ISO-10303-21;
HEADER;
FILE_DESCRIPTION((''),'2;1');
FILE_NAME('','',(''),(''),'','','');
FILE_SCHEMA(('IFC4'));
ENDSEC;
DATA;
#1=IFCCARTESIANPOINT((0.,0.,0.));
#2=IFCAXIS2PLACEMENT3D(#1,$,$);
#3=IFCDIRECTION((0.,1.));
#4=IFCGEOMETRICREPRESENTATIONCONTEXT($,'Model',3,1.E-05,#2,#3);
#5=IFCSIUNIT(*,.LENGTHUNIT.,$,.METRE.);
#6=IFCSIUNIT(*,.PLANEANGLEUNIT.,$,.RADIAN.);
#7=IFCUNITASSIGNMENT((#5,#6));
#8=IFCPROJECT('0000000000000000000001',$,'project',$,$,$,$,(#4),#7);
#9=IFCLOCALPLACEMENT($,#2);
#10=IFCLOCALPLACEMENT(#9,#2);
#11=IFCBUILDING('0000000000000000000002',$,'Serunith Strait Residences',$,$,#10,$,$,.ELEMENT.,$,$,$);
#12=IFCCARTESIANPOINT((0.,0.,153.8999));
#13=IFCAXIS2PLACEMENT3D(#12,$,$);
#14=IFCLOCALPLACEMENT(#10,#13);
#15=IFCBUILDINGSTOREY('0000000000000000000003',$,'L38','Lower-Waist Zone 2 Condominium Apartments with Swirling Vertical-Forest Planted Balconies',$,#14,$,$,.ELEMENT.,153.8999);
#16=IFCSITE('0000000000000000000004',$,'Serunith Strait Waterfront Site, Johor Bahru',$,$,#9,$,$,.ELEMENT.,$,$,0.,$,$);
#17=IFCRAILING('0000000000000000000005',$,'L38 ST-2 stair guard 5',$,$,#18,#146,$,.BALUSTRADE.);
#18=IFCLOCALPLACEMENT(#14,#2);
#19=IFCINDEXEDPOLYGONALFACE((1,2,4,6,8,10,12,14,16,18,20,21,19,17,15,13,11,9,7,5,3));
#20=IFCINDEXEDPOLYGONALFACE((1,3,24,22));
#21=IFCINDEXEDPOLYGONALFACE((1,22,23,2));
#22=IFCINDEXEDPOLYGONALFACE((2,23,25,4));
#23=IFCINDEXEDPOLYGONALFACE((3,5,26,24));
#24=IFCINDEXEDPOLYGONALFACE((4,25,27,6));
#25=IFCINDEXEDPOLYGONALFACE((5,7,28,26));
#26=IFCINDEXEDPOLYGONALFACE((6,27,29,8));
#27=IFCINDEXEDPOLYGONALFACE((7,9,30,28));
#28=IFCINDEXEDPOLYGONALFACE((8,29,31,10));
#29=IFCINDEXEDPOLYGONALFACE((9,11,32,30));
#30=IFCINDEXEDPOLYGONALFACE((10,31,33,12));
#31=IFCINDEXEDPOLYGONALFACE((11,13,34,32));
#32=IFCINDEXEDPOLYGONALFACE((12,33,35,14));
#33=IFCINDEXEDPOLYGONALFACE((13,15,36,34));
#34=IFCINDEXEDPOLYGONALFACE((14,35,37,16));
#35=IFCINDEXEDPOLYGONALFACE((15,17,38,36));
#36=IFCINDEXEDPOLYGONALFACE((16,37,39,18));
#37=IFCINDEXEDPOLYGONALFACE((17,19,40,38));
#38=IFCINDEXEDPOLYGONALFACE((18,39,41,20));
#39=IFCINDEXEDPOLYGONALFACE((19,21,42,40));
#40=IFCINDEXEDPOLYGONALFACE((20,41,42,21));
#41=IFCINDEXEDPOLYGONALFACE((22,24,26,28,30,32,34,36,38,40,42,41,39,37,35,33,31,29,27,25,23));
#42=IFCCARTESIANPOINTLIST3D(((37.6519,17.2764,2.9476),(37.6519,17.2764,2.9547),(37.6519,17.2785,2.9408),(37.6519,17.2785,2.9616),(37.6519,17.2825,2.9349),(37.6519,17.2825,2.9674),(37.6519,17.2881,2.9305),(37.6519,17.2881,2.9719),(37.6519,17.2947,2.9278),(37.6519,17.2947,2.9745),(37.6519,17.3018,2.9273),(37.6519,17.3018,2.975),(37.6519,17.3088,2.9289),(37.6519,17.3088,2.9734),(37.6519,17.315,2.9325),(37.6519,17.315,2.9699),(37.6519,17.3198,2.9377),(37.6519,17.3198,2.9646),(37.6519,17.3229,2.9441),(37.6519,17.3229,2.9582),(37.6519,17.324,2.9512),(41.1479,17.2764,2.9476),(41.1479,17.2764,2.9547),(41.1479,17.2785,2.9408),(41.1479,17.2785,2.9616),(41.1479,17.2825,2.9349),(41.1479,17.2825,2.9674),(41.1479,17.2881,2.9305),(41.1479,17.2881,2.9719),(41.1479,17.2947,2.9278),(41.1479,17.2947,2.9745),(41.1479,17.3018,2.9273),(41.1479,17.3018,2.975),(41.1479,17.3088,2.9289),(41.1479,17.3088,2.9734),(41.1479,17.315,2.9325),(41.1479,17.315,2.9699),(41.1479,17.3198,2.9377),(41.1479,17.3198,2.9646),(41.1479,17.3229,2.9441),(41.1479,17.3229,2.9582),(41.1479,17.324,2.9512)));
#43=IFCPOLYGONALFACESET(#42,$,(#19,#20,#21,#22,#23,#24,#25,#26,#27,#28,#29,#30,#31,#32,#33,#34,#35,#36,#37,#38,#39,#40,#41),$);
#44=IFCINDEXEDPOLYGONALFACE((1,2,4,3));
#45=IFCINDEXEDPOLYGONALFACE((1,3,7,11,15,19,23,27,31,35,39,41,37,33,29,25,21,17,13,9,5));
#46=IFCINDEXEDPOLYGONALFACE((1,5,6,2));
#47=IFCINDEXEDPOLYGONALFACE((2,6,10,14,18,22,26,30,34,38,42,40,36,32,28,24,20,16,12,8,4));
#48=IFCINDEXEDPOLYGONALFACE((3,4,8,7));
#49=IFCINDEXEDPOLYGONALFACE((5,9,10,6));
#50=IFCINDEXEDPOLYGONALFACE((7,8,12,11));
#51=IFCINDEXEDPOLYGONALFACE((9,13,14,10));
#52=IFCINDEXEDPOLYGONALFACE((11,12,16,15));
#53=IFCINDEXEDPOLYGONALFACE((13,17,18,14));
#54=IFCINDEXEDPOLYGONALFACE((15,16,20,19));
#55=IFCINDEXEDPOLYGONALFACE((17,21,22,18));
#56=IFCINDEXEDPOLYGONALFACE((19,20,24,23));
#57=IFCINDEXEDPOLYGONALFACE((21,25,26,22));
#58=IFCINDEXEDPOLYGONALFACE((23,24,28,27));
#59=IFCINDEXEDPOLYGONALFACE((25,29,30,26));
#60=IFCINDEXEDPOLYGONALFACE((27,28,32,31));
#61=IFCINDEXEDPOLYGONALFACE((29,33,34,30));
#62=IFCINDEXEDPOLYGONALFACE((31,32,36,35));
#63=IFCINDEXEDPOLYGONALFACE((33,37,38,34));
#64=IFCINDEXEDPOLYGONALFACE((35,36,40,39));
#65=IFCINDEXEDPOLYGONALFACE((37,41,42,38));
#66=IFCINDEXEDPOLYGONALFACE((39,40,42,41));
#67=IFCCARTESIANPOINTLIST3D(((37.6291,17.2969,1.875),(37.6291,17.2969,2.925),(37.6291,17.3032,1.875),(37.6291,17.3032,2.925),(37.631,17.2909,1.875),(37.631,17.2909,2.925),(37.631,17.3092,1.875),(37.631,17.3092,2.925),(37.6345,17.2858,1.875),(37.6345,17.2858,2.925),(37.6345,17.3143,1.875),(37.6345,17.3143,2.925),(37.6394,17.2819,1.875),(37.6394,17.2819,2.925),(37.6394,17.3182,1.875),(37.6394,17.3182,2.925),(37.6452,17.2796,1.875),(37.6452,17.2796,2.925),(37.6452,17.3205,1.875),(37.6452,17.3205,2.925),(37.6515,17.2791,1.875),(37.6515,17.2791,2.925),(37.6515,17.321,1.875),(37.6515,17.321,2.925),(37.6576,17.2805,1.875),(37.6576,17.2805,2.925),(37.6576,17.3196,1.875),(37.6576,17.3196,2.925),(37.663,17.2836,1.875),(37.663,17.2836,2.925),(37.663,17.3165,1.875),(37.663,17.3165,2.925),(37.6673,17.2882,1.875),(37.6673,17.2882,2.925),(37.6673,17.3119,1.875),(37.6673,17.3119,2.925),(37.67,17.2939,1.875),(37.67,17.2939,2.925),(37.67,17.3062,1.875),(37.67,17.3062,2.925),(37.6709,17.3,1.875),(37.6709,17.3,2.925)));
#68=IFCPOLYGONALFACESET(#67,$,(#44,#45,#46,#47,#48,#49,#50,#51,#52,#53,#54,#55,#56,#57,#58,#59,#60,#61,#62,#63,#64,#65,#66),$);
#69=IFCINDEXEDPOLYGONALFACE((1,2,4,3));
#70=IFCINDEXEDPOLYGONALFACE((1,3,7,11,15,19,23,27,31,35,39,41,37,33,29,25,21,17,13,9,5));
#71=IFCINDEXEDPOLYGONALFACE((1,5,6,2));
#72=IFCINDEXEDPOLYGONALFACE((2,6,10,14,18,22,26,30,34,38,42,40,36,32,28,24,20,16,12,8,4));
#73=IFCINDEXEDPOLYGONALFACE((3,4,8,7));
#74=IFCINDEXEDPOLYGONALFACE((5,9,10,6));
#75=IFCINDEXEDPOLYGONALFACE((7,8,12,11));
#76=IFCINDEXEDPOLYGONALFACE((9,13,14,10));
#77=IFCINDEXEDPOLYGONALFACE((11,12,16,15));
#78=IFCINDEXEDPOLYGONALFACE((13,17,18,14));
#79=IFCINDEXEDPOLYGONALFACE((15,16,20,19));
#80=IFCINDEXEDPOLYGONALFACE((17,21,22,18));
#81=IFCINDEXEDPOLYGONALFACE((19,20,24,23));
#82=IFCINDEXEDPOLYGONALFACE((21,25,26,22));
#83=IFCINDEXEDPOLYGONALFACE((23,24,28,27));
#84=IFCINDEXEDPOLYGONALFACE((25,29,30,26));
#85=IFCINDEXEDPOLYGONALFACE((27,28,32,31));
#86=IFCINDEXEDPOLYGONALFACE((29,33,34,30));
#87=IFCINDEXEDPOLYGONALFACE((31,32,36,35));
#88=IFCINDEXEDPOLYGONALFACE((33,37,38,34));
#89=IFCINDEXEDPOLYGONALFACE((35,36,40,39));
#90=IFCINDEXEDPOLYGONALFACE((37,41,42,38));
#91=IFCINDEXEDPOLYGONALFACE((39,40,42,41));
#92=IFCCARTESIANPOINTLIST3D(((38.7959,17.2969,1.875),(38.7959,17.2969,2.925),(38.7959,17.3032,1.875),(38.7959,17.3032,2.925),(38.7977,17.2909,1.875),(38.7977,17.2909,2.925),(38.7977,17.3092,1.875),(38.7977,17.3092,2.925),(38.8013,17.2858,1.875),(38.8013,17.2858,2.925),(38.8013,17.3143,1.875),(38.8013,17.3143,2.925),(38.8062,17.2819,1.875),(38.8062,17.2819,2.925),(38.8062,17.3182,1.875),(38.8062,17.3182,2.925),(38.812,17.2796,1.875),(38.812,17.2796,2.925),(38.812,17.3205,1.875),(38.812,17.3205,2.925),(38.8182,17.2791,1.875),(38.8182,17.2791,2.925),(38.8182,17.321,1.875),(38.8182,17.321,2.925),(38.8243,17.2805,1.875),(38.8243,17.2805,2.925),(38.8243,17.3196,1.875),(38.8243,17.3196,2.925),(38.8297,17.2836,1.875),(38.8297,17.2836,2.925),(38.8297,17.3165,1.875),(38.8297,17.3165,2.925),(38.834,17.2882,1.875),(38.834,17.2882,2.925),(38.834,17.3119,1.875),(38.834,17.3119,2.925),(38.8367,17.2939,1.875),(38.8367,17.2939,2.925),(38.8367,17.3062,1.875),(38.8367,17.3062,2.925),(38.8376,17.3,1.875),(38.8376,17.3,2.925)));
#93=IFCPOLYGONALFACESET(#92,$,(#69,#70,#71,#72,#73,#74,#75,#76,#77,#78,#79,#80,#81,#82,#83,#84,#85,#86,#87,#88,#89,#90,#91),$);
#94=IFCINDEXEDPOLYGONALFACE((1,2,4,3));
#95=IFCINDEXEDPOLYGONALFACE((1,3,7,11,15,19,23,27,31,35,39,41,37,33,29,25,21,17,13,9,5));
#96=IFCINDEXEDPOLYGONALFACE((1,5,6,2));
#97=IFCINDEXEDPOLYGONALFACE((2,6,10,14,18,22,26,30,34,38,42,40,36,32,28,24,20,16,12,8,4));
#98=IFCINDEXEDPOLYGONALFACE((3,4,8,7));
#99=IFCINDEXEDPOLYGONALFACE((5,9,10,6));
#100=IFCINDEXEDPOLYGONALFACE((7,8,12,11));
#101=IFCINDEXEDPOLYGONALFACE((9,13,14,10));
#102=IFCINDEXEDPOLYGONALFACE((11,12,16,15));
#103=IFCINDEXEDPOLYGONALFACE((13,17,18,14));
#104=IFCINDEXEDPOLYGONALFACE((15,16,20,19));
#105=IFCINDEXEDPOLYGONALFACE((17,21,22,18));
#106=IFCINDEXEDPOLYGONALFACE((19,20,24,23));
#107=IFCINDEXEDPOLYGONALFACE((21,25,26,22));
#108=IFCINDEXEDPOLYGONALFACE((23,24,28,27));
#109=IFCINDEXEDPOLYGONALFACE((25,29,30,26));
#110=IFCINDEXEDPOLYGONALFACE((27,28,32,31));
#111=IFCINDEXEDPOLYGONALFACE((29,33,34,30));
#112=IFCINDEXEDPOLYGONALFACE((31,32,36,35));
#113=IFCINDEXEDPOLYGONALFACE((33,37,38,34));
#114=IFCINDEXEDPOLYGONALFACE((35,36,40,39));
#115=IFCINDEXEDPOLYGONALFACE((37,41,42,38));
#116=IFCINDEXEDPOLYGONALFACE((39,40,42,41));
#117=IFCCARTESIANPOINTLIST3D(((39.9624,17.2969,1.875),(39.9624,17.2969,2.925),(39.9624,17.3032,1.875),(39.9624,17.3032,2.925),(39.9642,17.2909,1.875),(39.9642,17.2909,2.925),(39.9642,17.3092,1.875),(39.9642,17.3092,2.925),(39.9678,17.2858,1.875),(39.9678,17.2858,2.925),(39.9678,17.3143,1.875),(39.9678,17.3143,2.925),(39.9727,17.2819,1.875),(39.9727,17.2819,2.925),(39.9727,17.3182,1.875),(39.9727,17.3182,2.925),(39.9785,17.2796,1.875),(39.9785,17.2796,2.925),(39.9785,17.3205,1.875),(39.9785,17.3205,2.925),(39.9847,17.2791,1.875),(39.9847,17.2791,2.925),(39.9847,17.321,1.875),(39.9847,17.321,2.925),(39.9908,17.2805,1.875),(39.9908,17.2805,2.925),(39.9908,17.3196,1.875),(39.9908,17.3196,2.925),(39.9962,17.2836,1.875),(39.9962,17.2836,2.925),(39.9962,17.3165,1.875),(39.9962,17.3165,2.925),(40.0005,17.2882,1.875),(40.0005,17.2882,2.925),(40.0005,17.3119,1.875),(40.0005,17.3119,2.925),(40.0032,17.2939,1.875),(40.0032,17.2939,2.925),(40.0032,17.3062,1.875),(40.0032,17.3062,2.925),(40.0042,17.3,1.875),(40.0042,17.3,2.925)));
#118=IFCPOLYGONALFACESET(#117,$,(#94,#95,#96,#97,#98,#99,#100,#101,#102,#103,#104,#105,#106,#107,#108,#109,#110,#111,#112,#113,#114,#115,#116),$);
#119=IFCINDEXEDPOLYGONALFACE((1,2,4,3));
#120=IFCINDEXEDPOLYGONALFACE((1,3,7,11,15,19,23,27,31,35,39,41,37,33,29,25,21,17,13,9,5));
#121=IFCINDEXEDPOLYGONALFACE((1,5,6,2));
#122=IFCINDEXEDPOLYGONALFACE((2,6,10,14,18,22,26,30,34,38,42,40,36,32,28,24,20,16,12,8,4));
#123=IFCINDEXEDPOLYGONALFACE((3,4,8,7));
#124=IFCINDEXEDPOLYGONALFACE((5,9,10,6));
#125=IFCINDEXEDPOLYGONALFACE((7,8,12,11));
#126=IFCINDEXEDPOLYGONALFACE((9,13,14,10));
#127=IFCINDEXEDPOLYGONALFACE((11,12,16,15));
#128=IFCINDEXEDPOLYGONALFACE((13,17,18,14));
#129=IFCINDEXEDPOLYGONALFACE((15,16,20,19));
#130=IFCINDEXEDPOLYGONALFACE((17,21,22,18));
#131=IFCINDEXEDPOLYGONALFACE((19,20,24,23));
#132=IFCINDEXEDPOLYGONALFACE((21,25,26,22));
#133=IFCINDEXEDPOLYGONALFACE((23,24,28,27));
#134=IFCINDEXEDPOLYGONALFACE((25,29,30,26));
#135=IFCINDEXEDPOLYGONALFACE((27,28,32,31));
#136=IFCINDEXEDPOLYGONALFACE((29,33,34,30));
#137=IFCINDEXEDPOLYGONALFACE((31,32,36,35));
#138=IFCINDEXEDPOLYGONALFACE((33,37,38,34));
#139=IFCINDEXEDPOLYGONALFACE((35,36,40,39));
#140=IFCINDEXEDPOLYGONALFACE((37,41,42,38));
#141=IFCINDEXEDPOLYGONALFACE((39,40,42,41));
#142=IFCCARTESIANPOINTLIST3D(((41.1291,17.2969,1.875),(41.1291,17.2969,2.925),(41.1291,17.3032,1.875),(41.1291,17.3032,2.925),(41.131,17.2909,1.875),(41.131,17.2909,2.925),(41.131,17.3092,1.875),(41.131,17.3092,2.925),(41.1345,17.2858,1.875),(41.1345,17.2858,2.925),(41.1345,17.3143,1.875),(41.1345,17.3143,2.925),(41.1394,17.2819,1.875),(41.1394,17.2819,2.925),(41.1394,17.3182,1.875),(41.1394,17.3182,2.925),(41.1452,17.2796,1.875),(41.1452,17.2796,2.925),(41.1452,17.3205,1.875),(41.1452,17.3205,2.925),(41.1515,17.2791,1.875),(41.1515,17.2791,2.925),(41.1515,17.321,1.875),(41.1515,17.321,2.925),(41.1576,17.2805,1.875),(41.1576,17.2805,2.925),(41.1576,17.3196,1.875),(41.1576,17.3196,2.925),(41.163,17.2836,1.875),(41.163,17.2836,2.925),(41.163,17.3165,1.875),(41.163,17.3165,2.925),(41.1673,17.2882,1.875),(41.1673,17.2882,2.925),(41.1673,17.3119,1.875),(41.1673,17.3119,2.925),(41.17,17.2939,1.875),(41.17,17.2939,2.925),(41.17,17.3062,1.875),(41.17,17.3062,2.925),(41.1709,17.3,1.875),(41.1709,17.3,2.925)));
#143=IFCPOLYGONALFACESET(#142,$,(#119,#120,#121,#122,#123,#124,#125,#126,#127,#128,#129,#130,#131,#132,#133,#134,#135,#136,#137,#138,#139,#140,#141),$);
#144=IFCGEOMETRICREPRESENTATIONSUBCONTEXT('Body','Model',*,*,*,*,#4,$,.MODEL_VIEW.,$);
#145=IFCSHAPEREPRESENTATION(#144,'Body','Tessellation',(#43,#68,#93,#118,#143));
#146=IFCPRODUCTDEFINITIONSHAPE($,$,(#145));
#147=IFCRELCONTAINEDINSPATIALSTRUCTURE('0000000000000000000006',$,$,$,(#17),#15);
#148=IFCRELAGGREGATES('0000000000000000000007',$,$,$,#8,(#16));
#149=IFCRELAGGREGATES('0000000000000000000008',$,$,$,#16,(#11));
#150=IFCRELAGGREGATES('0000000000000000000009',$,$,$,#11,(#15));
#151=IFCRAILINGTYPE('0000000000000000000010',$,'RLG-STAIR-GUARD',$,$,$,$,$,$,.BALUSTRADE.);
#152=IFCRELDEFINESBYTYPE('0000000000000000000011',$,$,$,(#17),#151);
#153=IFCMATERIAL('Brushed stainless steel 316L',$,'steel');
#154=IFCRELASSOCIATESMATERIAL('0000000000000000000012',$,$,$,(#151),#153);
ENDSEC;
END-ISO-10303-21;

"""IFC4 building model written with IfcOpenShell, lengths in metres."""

from ifc_helpers import new_model, si_unit, direction, frame, origin, origin_2d, place, context, subcontext, project, spatial, circle, extrude, material, type_object, element, save


model = new_model("IFC4")

# Units and contexts
model_context = context("Model", 3, precision=1e-05, world=origin(), true_north=direction((0.0, 1.0)))
body_context = subcontext(model_context, "Body", "Model", "MODEL_VIEW")
ifc_project = project(units=[si_unit("LENGTHUNIT", "METRE"), si_unit("PLANEANGLEUNIT", "RADIAN")], contexts=[model_context])

# Site, building, storey
site_placement = place(None, origin())
site = spatial("IfcSite", under=ifc_project, at=site_placement, Name="Serunith Strait Waterfront Site, Johor Bahru", CompositionType="ELEMENT", RefElevation=0.0)
building_placement = place(site_placement, origin())
building = spatial("IfcBuilding", under=site, at=building_placement, Name="Serunith Strait Residences", CompositionType="ELEMENT")
storey_placement = place(building_placement, frame((0.0, 0.0, 153.8999)))
storey = spatial("IfcBuildingStorey", under=building, at=storey_placement, Name="L38", Description="Lower-Waist Zone 2 Condominium Apartments with Swirling Vertical-Forest Planted Balconies", CompositionType="ELEMENT", Elevation=153.8999)

# Railing
ifc_material_1 = material(Name="Brushed stainless steel 316L", Category="steel")
railing_type_1 = type_object("IfcRailingType", Name="RLG-STAIR-GUARD", PredefinedType="BALUSTRADE", material=ifc_material_1)
railing_1_placement = place(storey_placement, frame((37.6499, 17.3, 1.875)))
element("IfcRailing", 1, at=railing_1_placement, inside=storey, type_object=railing_type_1, Name="L38 ST-2 stair guard 5", PredefinedType="BALUSTRADE", context=body_context, shape_type="SweptSolid", body=[
    extrude(circle(Radius=0.0239, at=origin_2d()), frame((0.002, 0.0, 1.0762), z_axis=(1.0, 0.0, 0.0), x_axis=(0.0, 1.0, 0.0)), (0.0, 0.0, 1.0), 3.4961),
    extrude(circle(Radius=0.021, at=origin_2d()), origin(), (0.0, 0.0, 1.0), 1.05),
    extrude(circle(Radius=0.021, at=origin_2d()), frame((1.1667, 0.0, 0.0)), (0.0, 0.0, 1.0), 1.05),
    extrude(circle(Radius=0.021, at=origin_2d()), frame((2.3333, 0.0, 0.0)), (0.0, 0.0, 1.0), 1.05),
    extrude(circle(Radius=0.021, at=origin_2d()), frame((3.5, 0.0, 0.0)), (0.0, 0.0, 1.0), 1.05),
])

save(model, "model.ifc")
